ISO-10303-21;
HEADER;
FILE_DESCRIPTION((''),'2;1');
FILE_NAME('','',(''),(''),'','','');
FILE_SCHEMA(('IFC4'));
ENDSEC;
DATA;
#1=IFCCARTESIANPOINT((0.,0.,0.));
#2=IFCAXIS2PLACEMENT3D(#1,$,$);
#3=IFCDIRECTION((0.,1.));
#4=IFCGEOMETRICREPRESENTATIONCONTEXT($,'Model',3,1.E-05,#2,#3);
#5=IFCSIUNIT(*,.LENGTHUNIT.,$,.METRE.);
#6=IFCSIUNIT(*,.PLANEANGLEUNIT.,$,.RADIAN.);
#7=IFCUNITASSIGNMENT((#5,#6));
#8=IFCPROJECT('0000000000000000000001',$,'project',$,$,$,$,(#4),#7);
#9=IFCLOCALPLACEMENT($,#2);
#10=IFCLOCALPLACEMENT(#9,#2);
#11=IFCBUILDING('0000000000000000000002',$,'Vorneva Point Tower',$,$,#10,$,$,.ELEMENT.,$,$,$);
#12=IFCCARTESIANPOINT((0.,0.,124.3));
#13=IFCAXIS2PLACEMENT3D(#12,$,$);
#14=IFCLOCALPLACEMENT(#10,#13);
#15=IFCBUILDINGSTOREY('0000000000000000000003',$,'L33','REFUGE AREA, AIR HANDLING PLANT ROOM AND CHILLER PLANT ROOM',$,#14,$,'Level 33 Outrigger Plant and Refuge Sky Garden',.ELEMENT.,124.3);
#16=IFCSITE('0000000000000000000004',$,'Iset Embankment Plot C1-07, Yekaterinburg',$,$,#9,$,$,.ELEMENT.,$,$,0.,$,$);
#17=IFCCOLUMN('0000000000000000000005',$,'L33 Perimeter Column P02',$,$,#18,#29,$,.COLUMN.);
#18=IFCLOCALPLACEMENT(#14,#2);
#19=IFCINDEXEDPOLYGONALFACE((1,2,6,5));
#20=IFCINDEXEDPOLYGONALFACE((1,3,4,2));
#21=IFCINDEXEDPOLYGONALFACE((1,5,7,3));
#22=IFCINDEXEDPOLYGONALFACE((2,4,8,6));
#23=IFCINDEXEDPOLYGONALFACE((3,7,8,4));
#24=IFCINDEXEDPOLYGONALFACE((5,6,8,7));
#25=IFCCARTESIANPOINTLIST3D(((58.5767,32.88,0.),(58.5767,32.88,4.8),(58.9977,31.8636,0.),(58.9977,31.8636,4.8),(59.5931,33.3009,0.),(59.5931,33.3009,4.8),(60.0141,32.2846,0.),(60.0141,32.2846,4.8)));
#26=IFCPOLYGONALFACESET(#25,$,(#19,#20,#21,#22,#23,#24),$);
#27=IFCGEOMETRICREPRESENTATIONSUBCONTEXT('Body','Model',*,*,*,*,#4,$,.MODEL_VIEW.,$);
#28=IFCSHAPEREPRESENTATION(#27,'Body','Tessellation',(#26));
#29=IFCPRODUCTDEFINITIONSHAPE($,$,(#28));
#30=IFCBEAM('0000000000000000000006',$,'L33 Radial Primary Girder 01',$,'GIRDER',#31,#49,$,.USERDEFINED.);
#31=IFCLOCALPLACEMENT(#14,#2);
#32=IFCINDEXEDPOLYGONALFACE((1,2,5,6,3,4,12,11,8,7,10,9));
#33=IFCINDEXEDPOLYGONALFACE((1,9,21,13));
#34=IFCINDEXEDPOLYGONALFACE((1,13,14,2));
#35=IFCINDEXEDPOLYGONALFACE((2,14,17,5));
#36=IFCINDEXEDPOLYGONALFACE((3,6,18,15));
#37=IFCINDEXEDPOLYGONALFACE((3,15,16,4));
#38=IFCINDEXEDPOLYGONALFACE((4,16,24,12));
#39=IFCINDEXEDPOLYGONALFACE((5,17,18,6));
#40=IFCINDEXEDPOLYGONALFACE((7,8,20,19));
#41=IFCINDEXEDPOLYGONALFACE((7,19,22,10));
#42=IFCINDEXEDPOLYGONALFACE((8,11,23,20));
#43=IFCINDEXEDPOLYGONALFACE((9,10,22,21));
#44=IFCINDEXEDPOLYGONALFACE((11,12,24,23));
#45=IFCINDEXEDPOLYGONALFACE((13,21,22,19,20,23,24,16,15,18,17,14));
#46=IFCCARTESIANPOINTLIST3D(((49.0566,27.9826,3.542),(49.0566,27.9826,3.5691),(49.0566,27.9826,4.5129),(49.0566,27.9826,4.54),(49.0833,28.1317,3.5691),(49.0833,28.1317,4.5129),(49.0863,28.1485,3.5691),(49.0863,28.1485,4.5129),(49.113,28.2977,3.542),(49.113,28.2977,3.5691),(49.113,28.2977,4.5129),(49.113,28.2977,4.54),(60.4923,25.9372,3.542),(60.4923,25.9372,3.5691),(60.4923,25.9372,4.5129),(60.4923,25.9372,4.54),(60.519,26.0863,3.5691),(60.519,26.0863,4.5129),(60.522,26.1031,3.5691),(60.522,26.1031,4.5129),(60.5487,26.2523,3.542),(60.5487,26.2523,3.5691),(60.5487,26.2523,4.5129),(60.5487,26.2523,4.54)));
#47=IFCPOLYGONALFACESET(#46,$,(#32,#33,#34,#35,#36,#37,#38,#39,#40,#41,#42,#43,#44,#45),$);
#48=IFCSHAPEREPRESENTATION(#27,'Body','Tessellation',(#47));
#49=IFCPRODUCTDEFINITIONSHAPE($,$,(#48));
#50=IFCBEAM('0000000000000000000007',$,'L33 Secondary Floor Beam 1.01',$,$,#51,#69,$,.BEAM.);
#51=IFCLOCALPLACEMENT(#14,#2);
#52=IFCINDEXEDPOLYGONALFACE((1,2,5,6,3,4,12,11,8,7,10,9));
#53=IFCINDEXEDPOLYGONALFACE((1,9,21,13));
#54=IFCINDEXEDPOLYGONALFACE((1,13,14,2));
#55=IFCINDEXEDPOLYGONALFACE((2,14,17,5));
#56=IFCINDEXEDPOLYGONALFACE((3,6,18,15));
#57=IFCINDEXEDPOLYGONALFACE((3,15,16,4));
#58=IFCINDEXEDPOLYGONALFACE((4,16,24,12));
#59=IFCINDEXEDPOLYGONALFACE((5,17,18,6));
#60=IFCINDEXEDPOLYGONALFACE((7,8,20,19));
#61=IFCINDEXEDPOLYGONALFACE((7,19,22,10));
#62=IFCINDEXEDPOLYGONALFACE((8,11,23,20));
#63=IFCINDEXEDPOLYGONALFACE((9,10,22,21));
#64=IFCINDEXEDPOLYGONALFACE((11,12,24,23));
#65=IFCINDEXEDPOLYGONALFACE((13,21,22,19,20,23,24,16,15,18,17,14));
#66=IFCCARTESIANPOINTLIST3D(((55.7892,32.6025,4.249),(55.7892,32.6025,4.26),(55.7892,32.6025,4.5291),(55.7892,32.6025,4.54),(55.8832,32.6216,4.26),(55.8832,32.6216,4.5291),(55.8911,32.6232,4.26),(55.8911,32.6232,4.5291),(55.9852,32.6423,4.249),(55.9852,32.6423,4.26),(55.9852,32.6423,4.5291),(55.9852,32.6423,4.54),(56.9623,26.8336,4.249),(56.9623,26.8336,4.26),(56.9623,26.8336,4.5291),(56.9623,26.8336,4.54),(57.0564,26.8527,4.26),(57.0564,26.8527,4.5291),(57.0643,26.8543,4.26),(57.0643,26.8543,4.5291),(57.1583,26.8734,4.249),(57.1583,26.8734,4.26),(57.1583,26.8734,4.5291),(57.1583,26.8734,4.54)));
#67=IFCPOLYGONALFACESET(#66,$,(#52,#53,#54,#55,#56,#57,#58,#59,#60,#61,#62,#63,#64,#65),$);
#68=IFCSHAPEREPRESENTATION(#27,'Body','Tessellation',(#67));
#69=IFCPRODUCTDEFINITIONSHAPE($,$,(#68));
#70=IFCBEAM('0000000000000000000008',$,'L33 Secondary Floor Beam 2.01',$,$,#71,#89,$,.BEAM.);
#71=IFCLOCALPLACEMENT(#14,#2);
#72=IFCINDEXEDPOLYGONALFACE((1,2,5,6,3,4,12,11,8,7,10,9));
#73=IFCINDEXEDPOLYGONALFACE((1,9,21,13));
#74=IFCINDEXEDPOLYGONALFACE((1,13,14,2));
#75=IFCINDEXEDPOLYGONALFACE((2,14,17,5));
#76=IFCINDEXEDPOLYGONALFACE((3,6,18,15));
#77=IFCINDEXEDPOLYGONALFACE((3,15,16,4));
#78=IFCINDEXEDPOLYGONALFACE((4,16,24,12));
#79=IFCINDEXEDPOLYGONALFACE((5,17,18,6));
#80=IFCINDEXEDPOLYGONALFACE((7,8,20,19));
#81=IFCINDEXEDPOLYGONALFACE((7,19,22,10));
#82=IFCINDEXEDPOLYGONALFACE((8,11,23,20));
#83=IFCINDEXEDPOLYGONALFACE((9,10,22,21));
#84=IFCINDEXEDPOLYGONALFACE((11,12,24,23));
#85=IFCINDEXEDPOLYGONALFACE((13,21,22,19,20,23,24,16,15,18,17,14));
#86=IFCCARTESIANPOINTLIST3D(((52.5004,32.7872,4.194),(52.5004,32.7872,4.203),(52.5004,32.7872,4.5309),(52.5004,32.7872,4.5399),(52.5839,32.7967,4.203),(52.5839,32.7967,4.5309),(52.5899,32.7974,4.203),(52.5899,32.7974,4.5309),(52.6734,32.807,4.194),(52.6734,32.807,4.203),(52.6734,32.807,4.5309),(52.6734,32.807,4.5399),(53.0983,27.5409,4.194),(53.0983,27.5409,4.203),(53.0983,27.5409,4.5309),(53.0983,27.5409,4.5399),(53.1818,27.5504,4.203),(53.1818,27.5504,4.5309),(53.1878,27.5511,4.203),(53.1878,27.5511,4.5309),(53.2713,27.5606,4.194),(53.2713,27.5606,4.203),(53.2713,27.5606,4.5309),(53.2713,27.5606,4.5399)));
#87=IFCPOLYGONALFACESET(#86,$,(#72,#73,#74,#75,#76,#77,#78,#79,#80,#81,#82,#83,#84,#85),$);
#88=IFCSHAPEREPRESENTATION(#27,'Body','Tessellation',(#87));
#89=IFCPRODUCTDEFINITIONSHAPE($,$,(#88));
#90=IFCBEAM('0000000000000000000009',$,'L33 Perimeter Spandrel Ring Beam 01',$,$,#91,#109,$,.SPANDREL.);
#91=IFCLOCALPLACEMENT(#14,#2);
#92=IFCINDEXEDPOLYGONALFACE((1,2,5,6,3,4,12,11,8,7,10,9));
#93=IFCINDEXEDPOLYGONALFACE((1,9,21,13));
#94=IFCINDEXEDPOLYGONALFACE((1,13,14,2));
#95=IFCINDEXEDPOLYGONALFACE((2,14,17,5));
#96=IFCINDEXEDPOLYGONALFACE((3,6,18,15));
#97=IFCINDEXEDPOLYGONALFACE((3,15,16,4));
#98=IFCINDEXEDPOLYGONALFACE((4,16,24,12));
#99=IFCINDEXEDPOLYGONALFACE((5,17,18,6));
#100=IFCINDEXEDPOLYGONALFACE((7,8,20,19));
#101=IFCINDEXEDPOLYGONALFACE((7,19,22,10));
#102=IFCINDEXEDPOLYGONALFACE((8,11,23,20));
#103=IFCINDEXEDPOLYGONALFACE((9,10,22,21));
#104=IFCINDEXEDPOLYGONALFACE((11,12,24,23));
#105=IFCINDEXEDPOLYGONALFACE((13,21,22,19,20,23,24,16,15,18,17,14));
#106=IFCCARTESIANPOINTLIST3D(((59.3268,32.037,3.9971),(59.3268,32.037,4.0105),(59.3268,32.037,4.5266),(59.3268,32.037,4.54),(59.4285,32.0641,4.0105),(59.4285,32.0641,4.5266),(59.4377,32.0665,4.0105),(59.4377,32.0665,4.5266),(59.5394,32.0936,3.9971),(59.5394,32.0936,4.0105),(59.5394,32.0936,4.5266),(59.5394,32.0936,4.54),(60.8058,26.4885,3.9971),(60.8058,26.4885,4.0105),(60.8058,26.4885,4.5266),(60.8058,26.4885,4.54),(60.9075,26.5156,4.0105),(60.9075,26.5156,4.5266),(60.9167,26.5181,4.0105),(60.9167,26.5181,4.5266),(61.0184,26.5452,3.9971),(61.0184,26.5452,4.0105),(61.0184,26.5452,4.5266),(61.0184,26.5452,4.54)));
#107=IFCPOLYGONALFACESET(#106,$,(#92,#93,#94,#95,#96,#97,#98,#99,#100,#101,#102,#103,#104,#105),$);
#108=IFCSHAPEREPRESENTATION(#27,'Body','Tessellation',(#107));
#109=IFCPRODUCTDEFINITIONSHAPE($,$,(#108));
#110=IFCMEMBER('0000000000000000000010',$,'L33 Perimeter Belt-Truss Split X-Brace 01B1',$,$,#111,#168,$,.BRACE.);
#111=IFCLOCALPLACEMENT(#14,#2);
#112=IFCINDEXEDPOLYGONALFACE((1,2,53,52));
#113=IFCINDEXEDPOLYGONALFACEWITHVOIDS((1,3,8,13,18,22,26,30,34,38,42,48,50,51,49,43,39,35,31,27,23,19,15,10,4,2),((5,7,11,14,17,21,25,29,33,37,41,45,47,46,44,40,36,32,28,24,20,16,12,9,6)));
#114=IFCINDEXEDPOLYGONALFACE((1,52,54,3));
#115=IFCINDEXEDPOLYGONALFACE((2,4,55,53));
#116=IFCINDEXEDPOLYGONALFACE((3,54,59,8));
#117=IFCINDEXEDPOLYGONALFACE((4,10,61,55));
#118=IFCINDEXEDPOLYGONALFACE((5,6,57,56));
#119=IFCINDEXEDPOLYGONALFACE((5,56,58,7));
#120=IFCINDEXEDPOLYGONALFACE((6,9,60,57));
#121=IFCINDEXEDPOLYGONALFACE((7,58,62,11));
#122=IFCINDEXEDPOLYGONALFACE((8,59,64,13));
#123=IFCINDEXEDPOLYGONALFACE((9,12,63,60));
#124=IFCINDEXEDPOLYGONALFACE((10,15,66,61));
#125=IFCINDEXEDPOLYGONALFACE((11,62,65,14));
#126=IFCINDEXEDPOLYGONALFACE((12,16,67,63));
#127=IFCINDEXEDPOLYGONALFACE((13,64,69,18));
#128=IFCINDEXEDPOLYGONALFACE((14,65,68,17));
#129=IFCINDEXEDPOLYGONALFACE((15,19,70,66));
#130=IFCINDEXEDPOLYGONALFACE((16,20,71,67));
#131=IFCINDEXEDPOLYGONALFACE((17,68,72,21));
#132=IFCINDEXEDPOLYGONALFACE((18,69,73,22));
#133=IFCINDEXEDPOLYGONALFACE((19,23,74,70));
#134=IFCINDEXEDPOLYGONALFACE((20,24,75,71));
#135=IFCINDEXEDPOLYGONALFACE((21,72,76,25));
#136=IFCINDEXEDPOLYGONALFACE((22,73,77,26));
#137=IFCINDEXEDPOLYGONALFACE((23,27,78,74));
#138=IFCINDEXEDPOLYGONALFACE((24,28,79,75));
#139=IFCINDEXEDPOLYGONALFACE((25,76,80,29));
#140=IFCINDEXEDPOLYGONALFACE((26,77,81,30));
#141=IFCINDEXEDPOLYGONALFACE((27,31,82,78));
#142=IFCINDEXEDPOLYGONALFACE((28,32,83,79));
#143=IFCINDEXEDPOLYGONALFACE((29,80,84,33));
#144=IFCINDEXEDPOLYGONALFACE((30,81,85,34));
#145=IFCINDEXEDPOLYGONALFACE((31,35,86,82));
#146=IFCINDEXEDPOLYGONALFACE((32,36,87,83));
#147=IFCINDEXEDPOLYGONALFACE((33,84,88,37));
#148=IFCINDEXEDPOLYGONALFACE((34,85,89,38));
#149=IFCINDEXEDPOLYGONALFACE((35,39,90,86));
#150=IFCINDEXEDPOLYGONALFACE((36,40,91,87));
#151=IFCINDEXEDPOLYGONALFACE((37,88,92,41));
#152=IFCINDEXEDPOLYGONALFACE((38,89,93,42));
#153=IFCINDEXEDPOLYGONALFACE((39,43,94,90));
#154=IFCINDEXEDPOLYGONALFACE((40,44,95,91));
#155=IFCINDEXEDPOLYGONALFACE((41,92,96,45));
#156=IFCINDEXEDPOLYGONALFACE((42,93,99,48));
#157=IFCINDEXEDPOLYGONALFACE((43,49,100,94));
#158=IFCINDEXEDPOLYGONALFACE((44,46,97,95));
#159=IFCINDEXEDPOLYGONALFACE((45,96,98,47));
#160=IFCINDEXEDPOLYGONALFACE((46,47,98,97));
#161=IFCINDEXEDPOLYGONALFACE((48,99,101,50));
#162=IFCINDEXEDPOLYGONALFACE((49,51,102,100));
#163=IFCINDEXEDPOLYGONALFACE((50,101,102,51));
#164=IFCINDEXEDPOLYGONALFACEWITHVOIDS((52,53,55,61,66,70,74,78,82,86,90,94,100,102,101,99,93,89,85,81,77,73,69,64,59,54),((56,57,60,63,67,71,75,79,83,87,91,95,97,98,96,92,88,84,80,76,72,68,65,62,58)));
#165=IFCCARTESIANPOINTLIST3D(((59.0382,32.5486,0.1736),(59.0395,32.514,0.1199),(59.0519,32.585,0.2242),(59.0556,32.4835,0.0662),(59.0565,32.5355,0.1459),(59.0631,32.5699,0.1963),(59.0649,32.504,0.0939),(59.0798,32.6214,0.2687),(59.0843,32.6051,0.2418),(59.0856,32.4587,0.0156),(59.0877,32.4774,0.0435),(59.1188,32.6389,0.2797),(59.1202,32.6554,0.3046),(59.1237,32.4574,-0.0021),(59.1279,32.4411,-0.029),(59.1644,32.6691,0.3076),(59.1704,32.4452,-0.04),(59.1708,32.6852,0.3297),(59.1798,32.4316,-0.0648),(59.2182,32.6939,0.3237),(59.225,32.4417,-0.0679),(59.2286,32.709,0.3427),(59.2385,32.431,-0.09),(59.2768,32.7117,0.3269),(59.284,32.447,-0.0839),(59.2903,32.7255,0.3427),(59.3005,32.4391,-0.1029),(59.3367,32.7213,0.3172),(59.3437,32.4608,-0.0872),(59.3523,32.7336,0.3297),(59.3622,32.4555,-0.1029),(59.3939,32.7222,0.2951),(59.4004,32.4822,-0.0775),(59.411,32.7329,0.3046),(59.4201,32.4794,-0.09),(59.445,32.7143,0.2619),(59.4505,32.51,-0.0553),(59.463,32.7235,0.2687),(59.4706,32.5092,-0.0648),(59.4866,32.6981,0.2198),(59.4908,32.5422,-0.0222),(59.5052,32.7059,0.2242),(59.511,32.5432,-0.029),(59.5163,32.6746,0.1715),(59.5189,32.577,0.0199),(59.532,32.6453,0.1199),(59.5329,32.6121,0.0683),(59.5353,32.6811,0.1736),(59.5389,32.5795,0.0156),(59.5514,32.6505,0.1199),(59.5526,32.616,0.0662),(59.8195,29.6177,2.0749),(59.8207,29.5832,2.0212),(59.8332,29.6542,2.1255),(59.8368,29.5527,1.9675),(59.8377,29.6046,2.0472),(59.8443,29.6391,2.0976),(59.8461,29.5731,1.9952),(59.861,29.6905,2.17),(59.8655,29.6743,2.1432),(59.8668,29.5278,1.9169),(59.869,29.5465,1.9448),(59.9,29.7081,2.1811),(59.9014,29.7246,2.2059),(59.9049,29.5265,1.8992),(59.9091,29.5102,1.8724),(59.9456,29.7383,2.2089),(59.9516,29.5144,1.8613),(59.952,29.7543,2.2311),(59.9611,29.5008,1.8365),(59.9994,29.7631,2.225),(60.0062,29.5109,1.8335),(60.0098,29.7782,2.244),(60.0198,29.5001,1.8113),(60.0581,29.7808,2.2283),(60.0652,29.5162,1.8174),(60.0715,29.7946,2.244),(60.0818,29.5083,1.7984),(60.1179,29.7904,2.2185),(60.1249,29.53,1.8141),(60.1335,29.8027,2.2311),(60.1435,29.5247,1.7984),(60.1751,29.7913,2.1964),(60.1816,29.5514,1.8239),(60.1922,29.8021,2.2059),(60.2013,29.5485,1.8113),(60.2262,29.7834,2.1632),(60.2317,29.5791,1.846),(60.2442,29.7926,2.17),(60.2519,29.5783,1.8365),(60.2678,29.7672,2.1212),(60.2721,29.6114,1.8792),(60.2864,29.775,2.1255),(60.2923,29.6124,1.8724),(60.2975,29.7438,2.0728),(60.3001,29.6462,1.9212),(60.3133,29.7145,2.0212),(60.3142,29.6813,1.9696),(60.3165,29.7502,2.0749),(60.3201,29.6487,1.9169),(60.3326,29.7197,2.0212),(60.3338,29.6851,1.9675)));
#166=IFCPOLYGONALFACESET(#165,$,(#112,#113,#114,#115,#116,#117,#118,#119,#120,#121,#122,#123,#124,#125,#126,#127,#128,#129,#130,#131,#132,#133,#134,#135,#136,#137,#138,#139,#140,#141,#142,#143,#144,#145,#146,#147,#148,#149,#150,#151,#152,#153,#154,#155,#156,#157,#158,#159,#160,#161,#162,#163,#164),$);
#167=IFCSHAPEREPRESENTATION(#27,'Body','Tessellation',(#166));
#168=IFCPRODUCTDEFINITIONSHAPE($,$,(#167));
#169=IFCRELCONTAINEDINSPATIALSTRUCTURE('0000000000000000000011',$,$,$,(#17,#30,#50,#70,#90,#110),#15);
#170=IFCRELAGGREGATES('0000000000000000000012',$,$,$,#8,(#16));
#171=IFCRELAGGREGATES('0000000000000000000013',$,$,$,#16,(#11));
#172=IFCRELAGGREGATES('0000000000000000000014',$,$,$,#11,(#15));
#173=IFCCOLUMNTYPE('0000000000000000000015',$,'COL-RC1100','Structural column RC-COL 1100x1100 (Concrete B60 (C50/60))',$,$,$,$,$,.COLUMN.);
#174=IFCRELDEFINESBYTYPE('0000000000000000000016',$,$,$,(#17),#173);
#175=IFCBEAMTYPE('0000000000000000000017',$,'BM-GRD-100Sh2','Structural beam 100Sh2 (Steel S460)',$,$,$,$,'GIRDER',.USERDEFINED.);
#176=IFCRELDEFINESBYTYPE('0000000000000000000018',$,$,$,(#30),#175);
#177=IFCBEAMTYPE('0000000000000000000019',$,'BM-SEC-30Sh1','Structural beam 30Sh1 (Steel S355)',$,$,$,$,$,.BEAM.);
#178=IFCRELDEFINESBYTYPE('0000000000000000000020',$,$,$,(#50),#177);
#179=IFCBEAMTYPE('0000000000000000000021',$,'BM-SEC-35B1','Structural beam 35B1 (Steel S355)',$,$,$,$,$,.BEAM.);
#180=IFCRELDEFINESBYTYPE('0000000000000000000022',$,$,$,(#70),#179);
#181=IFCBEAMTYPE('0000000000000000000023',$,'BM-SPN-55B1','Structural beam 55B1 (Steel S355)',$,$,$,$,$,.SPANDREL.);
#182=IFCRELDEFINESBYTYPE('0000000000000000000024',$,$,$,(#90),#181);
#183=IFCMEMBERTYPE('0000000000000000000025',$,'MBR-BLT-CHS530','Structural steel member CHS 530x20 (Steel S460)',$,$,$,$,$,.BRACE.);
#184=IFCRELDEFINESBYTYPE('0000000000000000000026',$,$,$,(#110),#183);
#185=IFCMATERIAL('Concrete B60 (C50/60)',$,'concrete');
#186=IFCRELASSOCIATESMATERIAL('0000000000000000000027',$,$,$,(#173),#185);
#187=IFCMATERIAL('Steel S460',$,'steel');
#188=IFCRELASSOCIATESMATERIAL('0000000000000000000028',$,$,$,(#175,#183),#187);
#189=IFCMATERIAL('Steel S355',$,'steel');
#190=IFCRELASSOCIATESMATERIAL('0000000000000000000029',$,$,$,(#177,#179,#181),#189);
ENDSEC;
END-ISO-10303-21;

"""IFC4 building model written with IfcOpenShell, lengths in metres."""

from ifc_helpers import new_model, si_unit, direction, frame, origin, origin_2d, place, context, subcontext, project, spatial, rectangle, hollow_circle, i_section, extrude, material, material_profile, profile_set, type_object, element, save


model = new_model("IFC4")

# Units and contexts
model_context = context("Model", 3, precision=1e-05, world=origin(), true_north=direction((0.0, 1.0)))
body_context = subcontext(model_context, "Body", "Model", "MODEL_VIEW")
ifc_project = project(units=[si_unit("LENGTHUNIT", "METRE"), si_unit("PLANEANGLEUNIT", "RADIAN")], contexts=[model_context])

# Site, building, storey
site_placement = place(None, origin())
site = spatial("IfcSite", under=ifc_project, at=site_placement, Name="Iset Embankment Plot C1-07, Yekaterinburg", CompositionType="ELEMENT", RefElevation=0.0)
building_placement = place(site_placement, origin())
building = spatial("IfcBuilding", under=site, at=building_placement, Name="Vorneva Point Tower", CompositionType="ELEMENT")
storey_placement = place(building_placement, frame((0.0, 0.0, 124.3)))
storey = spatial("IfcBuildingStorey", under=building, at=storey_placement, Name="L33", Description="REFUGE AREA, AIR HANDLING PLANT ROOM AND CHILLER PLANT ROOM", LongName="Level 33 Outrigger Plant and Refuge Sky Garden", CompositionType="ELEMENT", Elevation=124.3)

# Column
ifc_material_1 = material(Name="Concrete B60 (C50/60)", Category="concrete")
ifc_material_profile_1 = material_profile(ifc_material_1, rectangle(XDim=1.1001, YDim=1.1001, at=origin_2d()), Name="RC-COL 1100x1100")
ifc_profile_set_1 = profile_set([ifc_material_profile_1], Name="Concrete B60 (C50/60)")
column_type = type_object("IfcColumnType", Name="COL-RC1100", Description="Structural column RC-COL 1100x1100 (Concrete B60 (C50/60))", PredefinedType="COLUMN", material=ifc_profile_set_1)
column_placement = place(storey_placement, frame((59.2954, 32.5823, 0.0), z_axis=(0.0, 0.0, 1.0), x_axis=(0.92388, 0.382683, 0.0)))
element("IfcColumn", 1, at=column_placement, inside=storey, type_object=column_type, Name="L33 Perimeter Column P02", PredefinedType="COLUMN", context=body_context, shape_type="SweptSolid", body=[
    extrude(rectangle(XDim=1.1001, YDim=1.1001, at=origin_2d()), origin(), (0.0, 0.0, 1.0), 4.8),
])

# Beams
ifc_material_2 = material(Name="Steel S460", Category="steel")
ifc_material_profile_2 = material_profile(ifc_material_2, i_section(OverallWidth=0.3201, OverallDepth=0.998, WebThickness=0.0171, FlangeThickness=0.0271, at=origin_2d()), Name="100Sh2")
ifc_profile_set_2 = profile_set([ifc_material_profile_2], Name="Steel S460")
beam_type_1 = type_object("IfcBeamType", Name="BM-GRD-100Sh2", Description="Structural beam 100Sh2 (Steel S460)", ElementType="GIRDER", PredefinedType="USERDEFINED", material=ifc_profile_set_2)
beam_1_placement = place(storey_placement, frame((60.5205, 26.0947, 4.041), z_axis=(-0.984378, 0.176066, 0.0), x_axis=(-0.176066, -0.984378, 0.0)))
element("IfcBeam", 2, at=beam_1_placement, inside=storey, type_object=beam_type_1, Name="L33 Radial Primary Girder 01", ObjectType="GIRDER", PredefinedType="USERDEFINED", context=body_context, shape_type="SweptSolid", body=[
    extrude(i_section(OverallWidth=0.3201, OverallDepth=0.998, WebThickness=0.0171, FlangeThickness=0.0271, at=origin_2d()), origin(), (0.0, 0.0, 1.0), 11.6172),
])
ifc_material_3 = material(Name="Steel S355", Category="steel")
ifc_material_profile_3 = material_profile(ifc_material_3, i_section(OverallWidth=0.2, OverallDepth=0.291, WebThickness=0.0081, FlangeThickness=0.011, at=origin_2d()), Name="30Sh1")
ifc_profile_set_3 = profile_set([ifc_material_profile_3], Name="Steel S355")
beam_type_2 = type_object("IfcBeamType", Name="BM-SEC-30Sh1", Description="Structural beam 30Sh1 (Steel S355)", PredefinedType="BEAM", material=ifc_profile_set_3)
beam_2_placement = place(storey_placement, frame((57.0603, 26.8535, 4.3945), z_axis=(-0.199273, 0.979944, 0.0), x_axis=(-0.979944, -0.199273, 0.0)))
element("IfcBeam", 3, at=beam_2_placement, inside=storey, type_object=beam_type_2, Name="L33 Secondary Floor Beam 1.01", PredefinedType="BEAM", context=body_context, shape_type="SweptSolid", body=[
    extrude(i_section(OverallWidth=0.2, OverallDepth=0.291, WebThickness=0.0081, FlangeThickness=0.011, at=origin_2d()), origin(), (0.0, 0.0, 1.0), 5.887),
])
ifc_material_profile_4 = material_profile(ifc_material_3, i_section(OverallWidth=0.1741, OverallDepth=0.3459, WebThickness=0.0061, FlangeThickness=0.009, at=origin_2d()), Name="35B1")
ifc_profile_set_4 = profile_set([ifc_material_profile_4], Name="Steel S355")
beam_type_3 = type_object("IfcBeamType", Name="BM-SEC-35B1", Description="Structural beam 35B1 (Steel S355)", PredefinedType="BEAM", material=ifc_profile_set_4)
beam_3_placement = place(storey_placement, frame((53.1848, 27.5508, 4.3669), z_axis=(-0.113232, 0.993569, 0.0), x_axis=(-0.993569, -0.113232, 0.0)))
element("IfcBeam", 4, at=beam_3_placement, inside=storey, type_object=beam_type_3, Name="L33 Secondary Floor Beam 2.01", PredefinedType="BEAM", context=body_context, shape_type="SweptSolid", body=[
    extrude(i_section(OverallWidth=0.1741, OverallDepth=0.3459, WebThickness=0.0061, FlangeThickness=0.009, at=origin_2d()), origin(), (0.0, 0.0, 1.0), 5.2803),
])
ifc_material_profile_5 = material_profile(ifc_material_3, i_section(OverallWidth=0.22, OverallDepth=0.543, WebThickness=0.0095, FlangeThickness=0.0134, at=origin_2d()), Name="55B1")
ifc_profile_set_5 = profile_set([ifc_material_profile_5], Name="Steel S355")
beam_type_4 = type_object("IfcBeamType", Name="BM-SPN-55B1", Description="Structural beam 55B1 (Steel S355)", PredefinedType="SPANDREL", material=ifc_profile_set_5)
beam_4_placement = place(storey_placement, frame((60.9121, 26.5168, 4.2686), z_axis=(-0.257573, 0.966259, 0.0), x_axis=(-0.966259, -0.257573, 0.0)))
element("IfcBeam", 5, at=beam_4_placement, inside=storey, type_object=beam_type_4, Name="L33 Perimeter Spandrel Ring Beam 01", PredefinedType="SPANDREL", context=body_context, shape_type="SweptSolid", body=[
    extrude(i_section(OverallWidth=0.22, OverallDepth=0.543, WebThickness=0.0095, FlangeThickness=0.0134, at=origin_2d()), origin(), (0.0, 0.0, 1.0), 5.7422),
])

# Member
ifc_material_profile_6 = material_profile(ifc_material_2, hollow_circle(Radius=0.2649, WallThickness=0.02, at=origin_2d()), Name="CHS 530x20")
ifc_profile_set_6 = profile_set([ifc_material_profile_6], Name="Steel S460")
member_type = type_object("IfcMemberType", Name="MBR-BLT-CHS530", Description="Structural steel member CHS 530x20 (Steel S460)", PredefinedType="BRACE", material=ifc_profile_set_6)
for number, where, z_axis, x_axis, name in (
    (6, (59.2954, 32.5823, 0.1199), (0.218232, -0.81871, 0.531121), (0.966262, 0.257562, 0.0), "L33 Perimeter Belt-Truss Split X-Brace 01B1"),
):
    element("IfcMember", number, at=place(storey_placement, frame(where, z_axis=z_axis, x_axis=x_axis)), inside=storey, type_object=member_type, Name=name, PredefinedType="BRACE", context=body_context, shape_type="SweptSolid", body=[
        extrude(hollow_circle(Radius=0.2649, WallThickness=0.02, at=origin_2d()), origin(), (0.0, 0.0, 1.0), 3.5798),
    ])

save(model, "model.ifc")
